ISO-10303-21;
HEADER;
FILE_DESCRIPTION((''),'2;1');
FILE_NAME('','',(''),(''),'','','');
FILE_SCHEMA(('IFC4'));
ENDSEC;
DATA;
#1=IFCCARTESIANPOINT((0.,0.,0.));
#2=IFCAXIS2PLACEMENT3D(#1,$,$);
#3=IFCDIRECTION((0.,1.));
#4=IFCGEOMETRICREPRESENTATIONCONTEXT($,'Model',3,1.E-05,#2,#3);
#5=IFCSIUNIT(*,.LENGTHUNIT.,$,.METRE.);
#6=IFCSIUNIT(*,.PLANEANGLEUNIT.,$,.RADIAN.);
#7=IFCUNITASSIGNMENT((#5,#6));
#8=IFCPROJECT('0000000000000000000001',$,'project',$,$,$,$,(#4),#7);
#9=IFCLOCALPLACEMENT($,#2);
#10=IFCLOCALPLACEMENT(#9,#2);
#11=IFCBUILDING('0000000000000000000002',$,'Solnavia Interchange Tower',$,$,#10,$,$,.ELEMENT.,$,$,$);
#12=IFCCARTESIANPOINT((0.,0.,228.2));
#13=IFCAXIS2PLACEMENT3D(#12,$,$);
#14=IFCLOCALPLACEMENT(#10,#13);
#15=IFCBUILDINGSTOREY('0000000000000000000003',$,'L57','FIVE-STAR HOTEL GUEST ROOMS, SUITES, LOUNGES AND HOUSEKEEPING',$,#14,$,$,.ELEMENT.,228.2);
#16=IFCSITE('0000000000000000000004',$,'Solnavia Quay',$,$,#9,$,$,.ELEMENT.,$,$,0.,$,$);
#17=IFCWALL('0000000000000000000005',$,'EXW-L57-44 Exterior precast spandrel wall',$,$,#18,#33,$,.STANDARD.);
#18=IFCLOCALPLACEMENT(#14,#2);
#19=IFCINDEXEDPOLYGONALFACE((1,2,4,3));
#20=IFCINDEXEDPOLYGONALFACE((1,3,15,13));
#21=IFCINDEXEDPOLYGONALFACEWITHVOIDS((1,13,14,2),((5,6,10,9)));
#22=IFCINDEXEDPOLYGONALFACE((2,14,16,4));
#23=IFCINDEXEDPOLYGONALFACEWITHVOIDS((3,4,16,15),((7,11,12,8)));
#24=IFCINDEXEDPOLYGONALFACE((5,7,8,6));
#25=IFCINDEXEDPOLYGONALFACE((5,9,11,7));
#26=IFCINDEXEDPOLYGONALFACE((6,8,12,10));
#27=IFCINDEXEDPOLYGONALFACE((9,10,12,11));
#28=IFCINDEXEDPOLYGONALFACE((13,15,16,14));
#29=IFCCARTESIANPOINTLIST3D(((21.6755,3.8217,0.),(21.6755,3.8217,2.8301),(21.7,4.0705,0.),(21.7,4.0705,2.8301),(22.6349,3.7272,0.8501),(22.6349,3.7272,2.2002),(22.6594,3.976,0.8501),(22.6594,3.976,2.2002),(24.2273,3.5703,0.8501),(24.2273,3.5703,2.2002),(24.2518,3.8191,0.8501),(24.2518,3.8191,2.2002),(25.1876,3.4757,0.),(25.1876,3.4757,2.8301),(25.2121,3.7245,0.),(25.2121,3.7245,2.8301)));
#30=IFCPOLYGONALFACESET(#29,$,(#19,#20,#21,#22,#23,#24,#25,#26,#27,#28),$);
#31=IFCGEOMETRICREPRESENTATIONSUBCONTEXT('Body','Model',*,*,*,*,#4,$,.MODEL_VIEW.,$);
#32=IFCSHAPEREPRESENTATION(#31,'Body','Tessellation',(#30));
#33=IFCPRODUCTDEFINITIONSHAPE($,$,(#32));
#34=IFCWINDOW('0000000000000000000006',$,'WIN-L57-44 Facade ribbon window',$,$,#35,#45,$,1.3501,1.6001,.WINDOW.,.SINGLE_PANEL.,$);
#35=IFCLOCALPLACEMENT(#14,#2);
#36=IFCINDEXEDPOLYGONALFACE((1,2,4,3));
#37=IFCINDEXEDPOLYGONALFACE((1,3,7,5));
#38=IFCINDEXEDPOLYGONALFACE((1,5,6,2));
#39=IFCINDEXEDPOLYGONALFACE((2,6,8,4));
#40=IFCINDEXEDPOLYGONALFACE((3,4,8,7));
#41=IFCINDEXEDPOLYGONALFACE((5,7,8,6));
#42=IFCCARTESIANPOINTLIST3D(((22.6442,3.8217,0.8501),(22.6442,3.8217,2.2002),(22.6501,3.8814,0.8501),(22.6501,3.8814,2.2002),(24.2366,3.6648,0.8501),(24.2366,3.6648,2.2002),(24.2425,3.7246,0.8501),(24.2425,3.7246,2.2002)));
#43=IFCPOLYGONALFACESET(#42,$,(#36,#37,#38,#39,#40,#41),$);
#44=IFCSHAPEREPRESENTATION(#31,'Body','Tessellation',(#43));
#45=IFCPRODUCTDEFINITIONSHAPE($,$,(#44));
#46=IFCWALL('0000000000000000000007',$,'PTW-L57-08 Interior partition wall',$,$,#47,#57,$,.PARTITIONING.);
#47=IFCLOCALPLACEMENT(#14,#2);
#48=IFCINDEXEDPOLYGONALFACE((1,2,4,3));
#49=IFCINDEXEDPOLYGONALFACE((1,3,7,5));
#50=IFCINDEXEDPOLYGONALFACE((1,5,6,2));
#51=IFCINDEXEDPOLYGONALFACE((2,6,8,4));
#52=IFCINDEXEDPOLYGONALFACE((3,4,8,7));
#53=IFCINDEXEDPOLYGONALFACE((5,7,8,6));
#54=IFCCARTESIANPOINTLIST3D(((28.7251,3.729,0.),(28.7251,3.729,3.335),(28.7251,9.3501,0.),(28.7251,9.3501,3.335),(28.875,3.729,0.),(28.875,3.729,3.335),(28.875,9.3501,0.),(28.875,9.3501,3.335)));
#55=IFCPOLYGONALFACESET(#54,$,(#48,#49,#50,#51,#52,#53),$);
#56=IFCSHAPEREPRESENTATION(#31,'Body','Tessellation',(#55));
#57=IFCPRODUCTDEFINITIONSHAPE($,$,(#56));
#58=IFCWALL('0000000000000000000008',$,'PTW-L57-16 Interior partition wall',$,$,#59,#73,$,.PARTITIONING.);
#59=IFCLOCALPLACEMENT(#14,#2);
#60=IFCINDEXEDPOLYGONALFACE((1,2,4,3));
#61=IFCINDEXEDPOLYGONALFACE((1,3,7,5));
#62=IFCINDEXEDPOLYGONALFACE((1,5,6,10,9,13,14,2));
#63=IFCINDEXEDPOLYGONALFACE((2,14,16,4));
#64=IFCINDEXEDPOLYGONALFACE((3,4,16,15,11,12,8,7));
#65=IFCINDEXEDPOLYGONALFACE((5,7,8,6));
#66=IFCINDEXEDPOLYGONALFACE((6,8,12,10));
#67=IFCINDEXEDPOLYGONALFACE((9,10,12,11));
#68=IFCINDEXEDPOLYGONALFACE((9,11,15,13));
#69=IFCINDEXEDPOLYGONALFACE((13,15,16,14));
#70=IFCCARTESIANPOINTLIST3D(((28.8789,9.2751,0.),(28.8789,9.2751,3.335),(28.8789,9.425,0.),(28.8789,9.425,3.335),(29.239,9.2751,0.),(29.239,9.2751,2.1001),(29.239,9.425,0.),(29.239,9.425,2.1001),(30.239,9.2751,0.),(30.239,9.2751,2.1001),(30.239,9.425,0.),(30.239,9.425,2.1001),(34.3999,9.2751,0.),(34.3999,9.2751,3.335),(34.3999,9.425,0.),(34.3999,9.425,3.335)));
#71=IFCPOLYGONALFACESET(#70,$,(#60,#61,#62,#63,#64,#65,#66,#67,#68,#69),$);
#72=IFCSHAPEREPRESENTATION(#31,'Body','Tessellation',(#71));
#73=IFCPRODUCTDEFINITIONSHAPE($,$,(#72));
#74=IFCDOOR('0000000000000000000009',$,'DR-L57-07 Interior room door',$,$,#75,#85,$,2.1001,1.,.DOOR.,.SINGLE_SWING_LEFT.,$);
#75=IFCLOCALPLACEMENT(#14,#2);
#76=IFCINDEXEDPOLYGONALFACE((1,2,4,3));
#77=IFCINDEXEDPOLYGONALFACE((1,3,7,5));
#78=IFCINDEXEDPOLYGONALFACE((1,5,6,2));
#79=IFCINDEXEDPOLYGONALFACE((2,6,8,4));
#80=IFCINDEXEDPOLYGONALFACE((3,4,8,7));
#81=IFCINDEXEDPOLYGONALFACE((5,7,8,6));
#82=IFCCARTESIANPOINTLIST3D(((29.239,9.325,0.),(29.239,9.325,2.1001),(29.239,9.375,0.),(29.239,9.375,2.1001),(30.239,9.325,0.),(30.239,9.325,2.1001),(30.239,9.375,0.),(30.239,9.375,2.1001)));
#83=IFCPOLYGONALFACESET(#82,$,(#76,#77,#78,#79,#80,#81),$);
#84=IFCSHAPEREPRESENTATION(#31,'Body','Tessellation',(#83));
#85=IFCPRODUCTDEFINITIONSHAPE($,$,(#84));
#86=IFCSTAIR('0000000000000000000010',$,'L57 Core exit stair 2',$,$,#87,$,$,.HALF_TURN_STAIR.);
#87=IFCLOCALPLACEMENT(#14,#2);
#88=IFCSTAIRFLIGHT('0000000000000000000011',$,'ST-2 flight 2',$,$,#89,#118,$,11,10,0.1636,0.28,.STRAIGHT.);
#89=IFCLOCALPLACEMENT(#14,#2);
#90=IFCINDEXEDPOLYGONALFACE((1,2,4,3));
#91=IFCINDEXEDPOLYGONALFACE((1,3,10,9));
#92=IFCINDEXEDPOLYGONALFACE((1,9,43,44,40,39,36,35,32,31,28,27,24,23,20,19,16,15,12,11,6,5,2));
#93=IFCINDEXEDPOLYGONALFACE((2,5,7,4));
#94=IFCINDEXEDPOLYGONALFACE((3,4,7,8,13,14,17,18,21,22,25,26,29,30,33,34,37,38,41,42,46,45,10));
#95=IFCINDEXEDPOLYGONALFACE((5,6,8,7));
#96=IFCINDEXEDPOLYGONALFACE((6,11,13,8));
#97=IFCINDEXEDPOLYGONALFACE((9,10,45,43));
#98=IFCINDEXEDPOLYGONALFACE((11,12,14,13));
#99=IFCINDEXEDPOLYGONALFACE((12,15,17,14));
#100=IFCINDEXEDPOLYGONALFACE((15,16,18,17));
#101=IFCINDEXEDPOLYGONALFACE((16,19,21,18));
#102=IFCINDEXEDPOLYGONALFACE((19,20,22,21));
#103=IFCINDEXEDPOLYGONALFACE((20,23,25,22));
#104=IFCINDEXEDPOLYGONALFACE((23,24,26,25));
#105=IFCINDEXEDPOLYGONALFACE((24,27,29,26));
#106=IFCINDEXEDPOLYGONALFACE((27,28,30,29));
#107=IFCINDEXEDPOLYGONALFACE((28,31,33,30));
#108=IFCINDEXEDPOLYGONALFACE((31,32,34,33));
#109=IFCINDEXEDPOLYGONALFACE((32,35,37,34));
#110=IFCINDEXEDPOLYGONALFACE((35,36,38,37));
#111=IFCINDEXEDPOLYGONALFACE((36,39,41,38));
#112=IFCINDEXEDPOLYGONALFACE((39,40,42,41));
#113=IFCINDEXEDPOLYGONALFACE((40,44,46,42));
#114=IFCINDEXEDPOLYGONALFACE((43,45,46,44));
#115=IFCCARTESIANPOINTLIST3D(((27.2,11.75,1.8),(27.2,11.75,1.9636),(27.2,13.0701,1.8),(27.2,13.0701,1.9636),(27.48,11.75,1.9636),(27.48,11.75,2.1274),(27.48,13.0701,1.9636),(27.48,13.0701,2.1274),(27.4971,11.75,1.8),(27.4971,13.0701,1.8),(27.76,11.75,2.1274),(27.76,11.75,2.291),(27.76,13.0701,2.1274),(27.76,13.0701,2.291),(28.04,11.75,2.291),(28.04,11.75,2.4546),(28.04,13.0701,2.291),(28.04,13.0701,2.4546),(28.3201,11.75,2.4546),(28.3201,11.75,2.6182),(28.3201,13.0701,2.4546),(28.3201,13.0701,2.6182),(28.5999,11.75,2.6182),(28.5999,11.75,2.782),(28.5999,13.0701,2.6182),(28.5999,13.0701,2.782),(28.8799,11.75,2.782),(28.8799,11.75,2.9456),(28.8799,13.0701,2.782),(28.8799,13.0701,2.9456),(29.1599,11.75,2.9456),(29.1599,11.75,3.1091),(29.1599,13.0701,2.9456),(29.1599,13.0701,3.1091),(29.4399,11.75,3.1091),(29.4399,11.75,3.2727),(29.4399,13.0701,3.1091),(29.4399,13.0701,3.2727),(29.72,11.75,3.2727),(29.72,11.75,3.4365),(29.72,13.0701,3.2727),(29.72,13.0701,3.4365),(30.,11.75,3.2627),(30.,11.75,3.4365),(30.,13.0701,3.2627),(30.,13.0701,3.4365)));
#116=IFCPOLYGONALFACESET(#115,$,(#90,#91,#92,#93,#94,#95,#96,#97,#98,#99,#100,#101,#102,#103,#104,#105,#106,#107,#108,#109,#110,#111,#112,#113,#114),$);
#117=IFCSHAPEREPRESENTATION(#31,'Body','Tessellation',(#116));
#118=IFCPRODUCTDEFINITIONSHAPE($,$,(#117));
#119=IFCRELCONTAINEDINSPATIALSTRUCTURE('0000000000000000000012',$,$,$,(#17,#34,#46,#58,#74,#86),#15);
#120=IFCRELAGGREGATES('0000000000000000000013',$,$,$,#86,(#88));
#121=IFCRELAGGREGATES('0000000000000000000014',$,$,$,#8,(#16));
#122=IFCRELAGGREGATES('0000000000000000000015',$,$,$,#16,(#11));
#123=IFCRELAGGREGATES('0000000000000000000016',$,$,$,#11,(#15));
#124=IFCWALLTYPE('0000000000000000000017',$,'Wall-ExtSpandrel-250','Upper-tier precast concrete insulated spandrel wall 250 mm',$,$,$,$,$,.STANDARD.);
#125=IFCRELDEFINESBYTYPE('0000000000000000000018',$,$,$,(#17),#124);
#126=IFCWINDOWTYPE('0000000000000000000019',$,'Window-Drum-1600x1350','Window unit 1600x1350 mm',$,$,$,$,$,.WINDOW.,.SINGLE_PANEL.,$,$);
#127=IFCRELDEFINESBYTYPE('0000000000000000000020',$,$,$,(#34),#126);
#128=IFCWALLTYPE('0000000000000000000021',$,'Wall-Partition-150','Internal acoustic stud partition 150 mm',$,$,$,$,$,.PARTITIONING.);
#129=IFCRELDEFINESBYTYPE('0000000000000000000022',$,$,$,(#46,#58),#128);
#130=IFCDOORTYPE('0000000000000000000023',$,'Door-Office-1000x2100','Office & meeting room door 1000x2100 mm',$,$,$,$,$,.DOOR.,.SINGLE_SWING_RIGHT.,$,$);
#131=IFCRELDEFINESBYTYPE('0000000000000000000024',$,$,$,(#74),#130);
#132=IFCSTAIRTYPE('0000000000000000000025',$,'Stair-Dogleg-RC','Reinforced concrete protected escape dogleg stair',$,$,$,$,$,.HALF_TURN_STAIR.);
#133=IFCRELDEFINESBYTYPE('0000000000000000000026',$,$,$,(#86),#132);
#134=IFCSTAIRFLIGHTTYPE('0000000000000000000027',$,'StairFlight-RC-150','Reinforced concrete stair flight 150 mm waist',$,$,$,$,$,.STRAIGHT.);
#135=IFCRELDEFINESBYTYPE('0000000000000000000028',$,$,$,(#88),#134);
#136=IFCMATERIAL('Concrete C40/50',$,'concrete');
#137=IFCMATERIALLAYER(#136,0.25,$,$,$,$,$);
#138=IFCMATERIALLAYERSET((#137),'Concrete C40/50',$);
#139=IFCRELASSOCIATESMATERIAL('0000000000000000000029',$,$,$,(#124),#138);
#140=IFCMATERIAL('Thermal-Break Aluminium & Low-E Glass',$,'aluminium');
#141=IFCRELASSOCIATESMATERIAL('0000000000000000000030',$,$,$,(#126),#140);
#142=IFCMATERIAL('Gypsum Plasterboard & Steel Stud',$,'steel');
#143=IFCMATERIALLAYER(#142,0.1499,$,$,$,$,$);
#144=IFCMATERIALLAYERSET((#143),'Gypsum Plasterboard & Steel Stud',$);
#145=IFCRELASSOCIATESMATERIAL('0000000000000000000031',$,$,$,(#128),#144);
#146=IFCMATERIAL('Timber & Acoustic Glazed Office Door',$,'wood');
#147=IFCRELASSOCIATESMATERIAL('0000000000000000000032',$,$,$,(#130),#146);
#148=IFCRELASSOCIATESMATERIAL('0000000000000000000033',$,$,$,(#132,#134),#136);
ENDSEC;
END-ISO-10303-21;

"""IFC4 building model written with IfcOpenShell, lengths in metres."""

from ifc_helpers import new_model, si_unit, direction, frame, frame_2d, origin, place, context, subcontext, project, spatial, polyline, rectangle, outline, extrude, material, layer, layer_set, type_object, element, fill, aggregate, save


model = new_model("IFC4")

# Units and contexts
model_context = context("Model", 3, precision=1e-05, world=origin(), true_north=direction((0.0, 1.0)))
body_context = subcontext(model_context, "Body", "Model", "MODEL_VIEW")
ifc_project = project(units=[si_unit("LENGTHUNIT", "METRE"), si_unit("PLANEANGLEUNIT", "RADIAN")], contexts=[model_context])

# Site, building, storey
site_placement = place(None, origin())
site = spatial("IfcSite", under=ifc_project, at=site_placement, Name="Solnavia Quay", CompositionType="ELEMENT", RefElevation=0.0)
building_placement = place(site_placement, origin())
building = spatial("IfcBuilding", under=site, at=building_placement, Name="Solnavia Interchange Tower", CompositionType="ELEMENT")
storey_placement = place(building_placement, frame((0.0, 0.0, 228.2)))
storey = spatial("IfcBuildingStorey", under=building, at=storey_placement, Name="L57", Description="FIVE-STAR HOTEL GUEST ROOMS, SUITES, LOUNGES AND HOUSEKEEPING", CompositionType="ELEMENT", Elevation=228.2)

# Wall, opening, window
ifc_material_1 = material(Name="Concrete C40/50", Category="concrete")
ifc_layer_1 = layer(ifc_material_1, 0.25)
ifc_layer_set_1 = layer_set([ifc_layer_1], Name="Concrete C40/50")
wall_type_1 = type_object("IfcWallType", Name="Wall-ExtSpandrel-250", Description="Upper-tier precast concrete insulated spandrel wall 250 mm", PredefinedType="STANDARD", material=ifc_layer_set_1)
ifc_material_2 = material(Name="Thermal-Break Aluminium & Low-E Glass", Category="aluminium")
wall_1_placement = place(storey_placement, frame((25.2, 3.6001, 0.0), z_axis=(0.0, 0.0, 1.0), x_axis=(-0.995183, 0.098031, 0.0)))
wall_1 = element("IfcWall", 1, at=wall_1_placement, inside=storey, type_object=wall_type_1, Name="EXW-L57-44 Exterior precast spandrel wall", PredefinedType="STANDARD", context=body_context, shape_type="SweptSolid", body=[
    extrude(rectangle(XDim=3.5291, YDim=0.25, at=frame_2d((1.7646, 0.0))), origin(), (0.0, 0.0, 1.0), 2.8301),
])
opening_1_placement = place(wall_1_placement, frame((0.9651, 0.0, 0.8501)))
opening_1 = element("IfcOpeningElement", 2, at=opening_1_placement, cuts=wall_1, PredefinedType="OPENING", context=body_context, shape_type="SweptSolid", body=[
    extrude(rectangle(XDim=1.6001, YDim=1.3501, at=frame_2d((0.8, 0.675))), frame((0.0, 0.135, 0.0), z_axis=(0.0, -1.0, 0.0), x_axis=(1.0, 0.0, 0.0)), (0.0, 0.0, 1.0), 0.27),
])
window_type_1 = type_object("IfcWindowType", Name="Window-Drum-1600x1350", Description="Window unit 1600x1350 mm", PartitioningType="SINGLE_PANEL", PredefinedType="WINDOW", material=ifc_material_2)
window_1_placement = place(opening_1_placement, origin())
window_1 = element("IfcWindow", 3, at=window_1_placement, inside=storey, type_object=window_type_1, Name="WIN-L57-44 Facade ribbon window", OverallHeight=1.3501, OverallWidth=1.6001, PartitioningType="SINGLE_PANEL", PredefinedType="WINDOW", context=body_context, shape_type="SweptSolid", body=[
    extrude(rectangle(XDim=1.6001, YDim=1.3501, at=frame_2d((0.8, 0.675))), frame((0.0, 0.03, 0.0), z_axis=(0.0, -1.0, 0.0), x_axis=(1.0, 0.0, 0.0)), (0.0, 0.0, 1.0), 0.0601),
])
fill(opening_1, window_1)

# Wall
ifc_material_3 = material(Name="Gypsum Plasterboard & Steel Stud", Category="steel")
ifc_layer_2 = layer(ifc_material_3, 0.1499)
ifc_layer_set_2 = layer_set([ifc_layer_2], Name="Gypsum Plasterboard & Steel Stud")
wall_type_2 = type_object("IfcWallType", Name="Wall-Partition-150", Description="Internal acoustic stud partition 150 mm", PredefinedType="PARTITIONING", material=ifc_layer_set_2)
wall_2_placement = place(storey_placement, frame((28.8, 9.3501, 0.0), z_axis=(0.0, 0.0, 1.0), x_axis=(0.0, -1.0, 0.0)))
element("IfcWall", 4, at=wall_2_placement, inside=storey, type_object=wall_type_2, Name="PTW-L57-08 Interior partition wall", PredefinedType="PARTITIONING", context=body_context, shape_type="SweptSolid", body=[
    extrude(rectangle(XDim=5.6211, YDim=0.1499, at=frame_2d((2.8105, 0.0))), origin(), (0.0, 0.0, 1.0), 3.335),
])

# Wall, opening, door
wall_3_placement = place(storey_placement, frame((28.8789, 9.3501, 0.0), z_axis=(0.0, 0.0, 1.0), x_axis=(1.0, 0.0, 0.0)))
wall_3 = element("IfcWall", 5, at=wall_3_placement, inside=storey, type_object=wall_type_2, Name="PTW-L57-16 Interior partition wall", PredefinedType="PARTITIONING", context=body_context, shape_type="SweptSolid", body=[
    extrude(rectangle(XDim=5.521, YDim=0.1499, at=frame_2d((2.7605, 0.0))), origin(), (0.0, 0.0, 1.0), 3.335),
])
opening_2_placement = place(wall_3_placement, frame((0.3601, 0.0, 0.0)))
opening_2 = element("IfcOpeningElement", 6, at=opening_2_placement, cuts=wall_3, PredefinedType="OPENING", context=body_context, shape_type="SweptSolid", body=[
    extrude(rectangle(XDim=1.0, YDim=2.1001, at=frame_2d((0.5, 1.05))), frame((0.0, 0.085, 0.0), z_axis=(0.0, -1.0, 0.0), x_axis=(1.0, 0.0, 0.0)), (0.0, 0.0, 1.0), 0.1699),
])
ifc_material_4 = material(Name="Timber & Acoustic Glazed Office Door", Category="wood")
door_type = type_object("IfcDoorType", Name="Door-Office-1000x2100", Description="Office & meeting room door 1000x2100 mm", OperationType="SINGLE_SWING_RIGHT", PredefinedType="DOOR", material=ifc_material_4)
door_placement = place(opening_2_placement, origin())
door = element("IfcDoor", 7, at=door_placement, inside=storey, type_object=door_type, Name="DR-L57-07 Interior room door", OperationType="SINGLE_SWING_LEFT", OverallHeight=2.1001, OverallWidth=1.0, PredefinedType="DOOR", context=body_context, shape_type="SweptSolid", body=[
    extrude(rectangle(XDim=1.0, YDim=2.1001, at=frame_2d((0.5, 1.05))), frame((0.0, 0.0249, 0.0), z_axis=(0.0, -1.0, 0.0), x_axis=(1.0, 0.0, 0.0)), (0.0, 0.0, 1.0), 0.05),
])
fill(opening_2, door)

# Stair, stair flight
stair_type = type_object("IfcStairType", Name="Stair-Dogleg-RC", Description="Reinforced concrete protected escape dogleg stair", PredefinedType="HALF_TURN_STAIR", material=ifc_material_1)
stair_placement = place(storey_placement, origin())
stair = element("IfcStair", 8, at=stair_placement, inside=storey, type_object=stair_type, Name="L57 Core exit stair 2", PredefinedType="HALF_TURN_STAIR")
stair_flight_type = type_object("IfcStairFlightType", Name="StairFlight-RC-150", Description="Reinforced concrete stair flight 150 mm waist", PredefinedType="STRAIGHT", material=ifc_material_1)
stair_flight_placement = place(storey_placement, frame((27.2, 12.4099, 1.8), z_axis=(0.0, 0.0, 1.0), x_axis=(1.0, 0.0, 0.0)))
stair_flight = element("IfcStairFlight", 9, at=stair_flight_placement, type_object=stair_flight_type, Name="ST-2 flight 2", NumberOfRisers=11, NumberOfTreads=10, PredefinedType="STRAIGHT", RiserHeight=0.1636, TreadLength=0.28, context=body_context, shape_type="SweptSolid", body=[
    extrude(outline(polyline([(0.0, 0.0), (0.0, 0.1636), (0.28, 0.1636), (0.28, 0.3274), (0.5601, 0.3274), (0.5601, 0.491), (0.8401, 0.491), (0.8401, 0.6545), (1.1201, 0.6545), (1.1201, 0.8181), (1.3999, 0.8181), (1.3999, 0.9819), (1.6799, 0.9819), (1.6799, 1.1455), (1.96, 1.1455), (1.96, 1.3091), (2.24, 1.3091), (2.24, 1.4727), (2.52, 1.4727), (2.52, 1.6365), (2.8, 1.6365), (2.8, 1.8), (2.8, 1.4626), (0.2971, 0.0), (0.0, 0.0)])), frame((0.0, 0.6602, 0.0), z_axis=(0.0, -1.0, 0.0), x_axis=(1.0, 0.0, 0.0)), (0.0, 0.0, 1.0), 1.3201),
])
aggregate(stair, [stair_flight])

save(model, "model.ifc")
